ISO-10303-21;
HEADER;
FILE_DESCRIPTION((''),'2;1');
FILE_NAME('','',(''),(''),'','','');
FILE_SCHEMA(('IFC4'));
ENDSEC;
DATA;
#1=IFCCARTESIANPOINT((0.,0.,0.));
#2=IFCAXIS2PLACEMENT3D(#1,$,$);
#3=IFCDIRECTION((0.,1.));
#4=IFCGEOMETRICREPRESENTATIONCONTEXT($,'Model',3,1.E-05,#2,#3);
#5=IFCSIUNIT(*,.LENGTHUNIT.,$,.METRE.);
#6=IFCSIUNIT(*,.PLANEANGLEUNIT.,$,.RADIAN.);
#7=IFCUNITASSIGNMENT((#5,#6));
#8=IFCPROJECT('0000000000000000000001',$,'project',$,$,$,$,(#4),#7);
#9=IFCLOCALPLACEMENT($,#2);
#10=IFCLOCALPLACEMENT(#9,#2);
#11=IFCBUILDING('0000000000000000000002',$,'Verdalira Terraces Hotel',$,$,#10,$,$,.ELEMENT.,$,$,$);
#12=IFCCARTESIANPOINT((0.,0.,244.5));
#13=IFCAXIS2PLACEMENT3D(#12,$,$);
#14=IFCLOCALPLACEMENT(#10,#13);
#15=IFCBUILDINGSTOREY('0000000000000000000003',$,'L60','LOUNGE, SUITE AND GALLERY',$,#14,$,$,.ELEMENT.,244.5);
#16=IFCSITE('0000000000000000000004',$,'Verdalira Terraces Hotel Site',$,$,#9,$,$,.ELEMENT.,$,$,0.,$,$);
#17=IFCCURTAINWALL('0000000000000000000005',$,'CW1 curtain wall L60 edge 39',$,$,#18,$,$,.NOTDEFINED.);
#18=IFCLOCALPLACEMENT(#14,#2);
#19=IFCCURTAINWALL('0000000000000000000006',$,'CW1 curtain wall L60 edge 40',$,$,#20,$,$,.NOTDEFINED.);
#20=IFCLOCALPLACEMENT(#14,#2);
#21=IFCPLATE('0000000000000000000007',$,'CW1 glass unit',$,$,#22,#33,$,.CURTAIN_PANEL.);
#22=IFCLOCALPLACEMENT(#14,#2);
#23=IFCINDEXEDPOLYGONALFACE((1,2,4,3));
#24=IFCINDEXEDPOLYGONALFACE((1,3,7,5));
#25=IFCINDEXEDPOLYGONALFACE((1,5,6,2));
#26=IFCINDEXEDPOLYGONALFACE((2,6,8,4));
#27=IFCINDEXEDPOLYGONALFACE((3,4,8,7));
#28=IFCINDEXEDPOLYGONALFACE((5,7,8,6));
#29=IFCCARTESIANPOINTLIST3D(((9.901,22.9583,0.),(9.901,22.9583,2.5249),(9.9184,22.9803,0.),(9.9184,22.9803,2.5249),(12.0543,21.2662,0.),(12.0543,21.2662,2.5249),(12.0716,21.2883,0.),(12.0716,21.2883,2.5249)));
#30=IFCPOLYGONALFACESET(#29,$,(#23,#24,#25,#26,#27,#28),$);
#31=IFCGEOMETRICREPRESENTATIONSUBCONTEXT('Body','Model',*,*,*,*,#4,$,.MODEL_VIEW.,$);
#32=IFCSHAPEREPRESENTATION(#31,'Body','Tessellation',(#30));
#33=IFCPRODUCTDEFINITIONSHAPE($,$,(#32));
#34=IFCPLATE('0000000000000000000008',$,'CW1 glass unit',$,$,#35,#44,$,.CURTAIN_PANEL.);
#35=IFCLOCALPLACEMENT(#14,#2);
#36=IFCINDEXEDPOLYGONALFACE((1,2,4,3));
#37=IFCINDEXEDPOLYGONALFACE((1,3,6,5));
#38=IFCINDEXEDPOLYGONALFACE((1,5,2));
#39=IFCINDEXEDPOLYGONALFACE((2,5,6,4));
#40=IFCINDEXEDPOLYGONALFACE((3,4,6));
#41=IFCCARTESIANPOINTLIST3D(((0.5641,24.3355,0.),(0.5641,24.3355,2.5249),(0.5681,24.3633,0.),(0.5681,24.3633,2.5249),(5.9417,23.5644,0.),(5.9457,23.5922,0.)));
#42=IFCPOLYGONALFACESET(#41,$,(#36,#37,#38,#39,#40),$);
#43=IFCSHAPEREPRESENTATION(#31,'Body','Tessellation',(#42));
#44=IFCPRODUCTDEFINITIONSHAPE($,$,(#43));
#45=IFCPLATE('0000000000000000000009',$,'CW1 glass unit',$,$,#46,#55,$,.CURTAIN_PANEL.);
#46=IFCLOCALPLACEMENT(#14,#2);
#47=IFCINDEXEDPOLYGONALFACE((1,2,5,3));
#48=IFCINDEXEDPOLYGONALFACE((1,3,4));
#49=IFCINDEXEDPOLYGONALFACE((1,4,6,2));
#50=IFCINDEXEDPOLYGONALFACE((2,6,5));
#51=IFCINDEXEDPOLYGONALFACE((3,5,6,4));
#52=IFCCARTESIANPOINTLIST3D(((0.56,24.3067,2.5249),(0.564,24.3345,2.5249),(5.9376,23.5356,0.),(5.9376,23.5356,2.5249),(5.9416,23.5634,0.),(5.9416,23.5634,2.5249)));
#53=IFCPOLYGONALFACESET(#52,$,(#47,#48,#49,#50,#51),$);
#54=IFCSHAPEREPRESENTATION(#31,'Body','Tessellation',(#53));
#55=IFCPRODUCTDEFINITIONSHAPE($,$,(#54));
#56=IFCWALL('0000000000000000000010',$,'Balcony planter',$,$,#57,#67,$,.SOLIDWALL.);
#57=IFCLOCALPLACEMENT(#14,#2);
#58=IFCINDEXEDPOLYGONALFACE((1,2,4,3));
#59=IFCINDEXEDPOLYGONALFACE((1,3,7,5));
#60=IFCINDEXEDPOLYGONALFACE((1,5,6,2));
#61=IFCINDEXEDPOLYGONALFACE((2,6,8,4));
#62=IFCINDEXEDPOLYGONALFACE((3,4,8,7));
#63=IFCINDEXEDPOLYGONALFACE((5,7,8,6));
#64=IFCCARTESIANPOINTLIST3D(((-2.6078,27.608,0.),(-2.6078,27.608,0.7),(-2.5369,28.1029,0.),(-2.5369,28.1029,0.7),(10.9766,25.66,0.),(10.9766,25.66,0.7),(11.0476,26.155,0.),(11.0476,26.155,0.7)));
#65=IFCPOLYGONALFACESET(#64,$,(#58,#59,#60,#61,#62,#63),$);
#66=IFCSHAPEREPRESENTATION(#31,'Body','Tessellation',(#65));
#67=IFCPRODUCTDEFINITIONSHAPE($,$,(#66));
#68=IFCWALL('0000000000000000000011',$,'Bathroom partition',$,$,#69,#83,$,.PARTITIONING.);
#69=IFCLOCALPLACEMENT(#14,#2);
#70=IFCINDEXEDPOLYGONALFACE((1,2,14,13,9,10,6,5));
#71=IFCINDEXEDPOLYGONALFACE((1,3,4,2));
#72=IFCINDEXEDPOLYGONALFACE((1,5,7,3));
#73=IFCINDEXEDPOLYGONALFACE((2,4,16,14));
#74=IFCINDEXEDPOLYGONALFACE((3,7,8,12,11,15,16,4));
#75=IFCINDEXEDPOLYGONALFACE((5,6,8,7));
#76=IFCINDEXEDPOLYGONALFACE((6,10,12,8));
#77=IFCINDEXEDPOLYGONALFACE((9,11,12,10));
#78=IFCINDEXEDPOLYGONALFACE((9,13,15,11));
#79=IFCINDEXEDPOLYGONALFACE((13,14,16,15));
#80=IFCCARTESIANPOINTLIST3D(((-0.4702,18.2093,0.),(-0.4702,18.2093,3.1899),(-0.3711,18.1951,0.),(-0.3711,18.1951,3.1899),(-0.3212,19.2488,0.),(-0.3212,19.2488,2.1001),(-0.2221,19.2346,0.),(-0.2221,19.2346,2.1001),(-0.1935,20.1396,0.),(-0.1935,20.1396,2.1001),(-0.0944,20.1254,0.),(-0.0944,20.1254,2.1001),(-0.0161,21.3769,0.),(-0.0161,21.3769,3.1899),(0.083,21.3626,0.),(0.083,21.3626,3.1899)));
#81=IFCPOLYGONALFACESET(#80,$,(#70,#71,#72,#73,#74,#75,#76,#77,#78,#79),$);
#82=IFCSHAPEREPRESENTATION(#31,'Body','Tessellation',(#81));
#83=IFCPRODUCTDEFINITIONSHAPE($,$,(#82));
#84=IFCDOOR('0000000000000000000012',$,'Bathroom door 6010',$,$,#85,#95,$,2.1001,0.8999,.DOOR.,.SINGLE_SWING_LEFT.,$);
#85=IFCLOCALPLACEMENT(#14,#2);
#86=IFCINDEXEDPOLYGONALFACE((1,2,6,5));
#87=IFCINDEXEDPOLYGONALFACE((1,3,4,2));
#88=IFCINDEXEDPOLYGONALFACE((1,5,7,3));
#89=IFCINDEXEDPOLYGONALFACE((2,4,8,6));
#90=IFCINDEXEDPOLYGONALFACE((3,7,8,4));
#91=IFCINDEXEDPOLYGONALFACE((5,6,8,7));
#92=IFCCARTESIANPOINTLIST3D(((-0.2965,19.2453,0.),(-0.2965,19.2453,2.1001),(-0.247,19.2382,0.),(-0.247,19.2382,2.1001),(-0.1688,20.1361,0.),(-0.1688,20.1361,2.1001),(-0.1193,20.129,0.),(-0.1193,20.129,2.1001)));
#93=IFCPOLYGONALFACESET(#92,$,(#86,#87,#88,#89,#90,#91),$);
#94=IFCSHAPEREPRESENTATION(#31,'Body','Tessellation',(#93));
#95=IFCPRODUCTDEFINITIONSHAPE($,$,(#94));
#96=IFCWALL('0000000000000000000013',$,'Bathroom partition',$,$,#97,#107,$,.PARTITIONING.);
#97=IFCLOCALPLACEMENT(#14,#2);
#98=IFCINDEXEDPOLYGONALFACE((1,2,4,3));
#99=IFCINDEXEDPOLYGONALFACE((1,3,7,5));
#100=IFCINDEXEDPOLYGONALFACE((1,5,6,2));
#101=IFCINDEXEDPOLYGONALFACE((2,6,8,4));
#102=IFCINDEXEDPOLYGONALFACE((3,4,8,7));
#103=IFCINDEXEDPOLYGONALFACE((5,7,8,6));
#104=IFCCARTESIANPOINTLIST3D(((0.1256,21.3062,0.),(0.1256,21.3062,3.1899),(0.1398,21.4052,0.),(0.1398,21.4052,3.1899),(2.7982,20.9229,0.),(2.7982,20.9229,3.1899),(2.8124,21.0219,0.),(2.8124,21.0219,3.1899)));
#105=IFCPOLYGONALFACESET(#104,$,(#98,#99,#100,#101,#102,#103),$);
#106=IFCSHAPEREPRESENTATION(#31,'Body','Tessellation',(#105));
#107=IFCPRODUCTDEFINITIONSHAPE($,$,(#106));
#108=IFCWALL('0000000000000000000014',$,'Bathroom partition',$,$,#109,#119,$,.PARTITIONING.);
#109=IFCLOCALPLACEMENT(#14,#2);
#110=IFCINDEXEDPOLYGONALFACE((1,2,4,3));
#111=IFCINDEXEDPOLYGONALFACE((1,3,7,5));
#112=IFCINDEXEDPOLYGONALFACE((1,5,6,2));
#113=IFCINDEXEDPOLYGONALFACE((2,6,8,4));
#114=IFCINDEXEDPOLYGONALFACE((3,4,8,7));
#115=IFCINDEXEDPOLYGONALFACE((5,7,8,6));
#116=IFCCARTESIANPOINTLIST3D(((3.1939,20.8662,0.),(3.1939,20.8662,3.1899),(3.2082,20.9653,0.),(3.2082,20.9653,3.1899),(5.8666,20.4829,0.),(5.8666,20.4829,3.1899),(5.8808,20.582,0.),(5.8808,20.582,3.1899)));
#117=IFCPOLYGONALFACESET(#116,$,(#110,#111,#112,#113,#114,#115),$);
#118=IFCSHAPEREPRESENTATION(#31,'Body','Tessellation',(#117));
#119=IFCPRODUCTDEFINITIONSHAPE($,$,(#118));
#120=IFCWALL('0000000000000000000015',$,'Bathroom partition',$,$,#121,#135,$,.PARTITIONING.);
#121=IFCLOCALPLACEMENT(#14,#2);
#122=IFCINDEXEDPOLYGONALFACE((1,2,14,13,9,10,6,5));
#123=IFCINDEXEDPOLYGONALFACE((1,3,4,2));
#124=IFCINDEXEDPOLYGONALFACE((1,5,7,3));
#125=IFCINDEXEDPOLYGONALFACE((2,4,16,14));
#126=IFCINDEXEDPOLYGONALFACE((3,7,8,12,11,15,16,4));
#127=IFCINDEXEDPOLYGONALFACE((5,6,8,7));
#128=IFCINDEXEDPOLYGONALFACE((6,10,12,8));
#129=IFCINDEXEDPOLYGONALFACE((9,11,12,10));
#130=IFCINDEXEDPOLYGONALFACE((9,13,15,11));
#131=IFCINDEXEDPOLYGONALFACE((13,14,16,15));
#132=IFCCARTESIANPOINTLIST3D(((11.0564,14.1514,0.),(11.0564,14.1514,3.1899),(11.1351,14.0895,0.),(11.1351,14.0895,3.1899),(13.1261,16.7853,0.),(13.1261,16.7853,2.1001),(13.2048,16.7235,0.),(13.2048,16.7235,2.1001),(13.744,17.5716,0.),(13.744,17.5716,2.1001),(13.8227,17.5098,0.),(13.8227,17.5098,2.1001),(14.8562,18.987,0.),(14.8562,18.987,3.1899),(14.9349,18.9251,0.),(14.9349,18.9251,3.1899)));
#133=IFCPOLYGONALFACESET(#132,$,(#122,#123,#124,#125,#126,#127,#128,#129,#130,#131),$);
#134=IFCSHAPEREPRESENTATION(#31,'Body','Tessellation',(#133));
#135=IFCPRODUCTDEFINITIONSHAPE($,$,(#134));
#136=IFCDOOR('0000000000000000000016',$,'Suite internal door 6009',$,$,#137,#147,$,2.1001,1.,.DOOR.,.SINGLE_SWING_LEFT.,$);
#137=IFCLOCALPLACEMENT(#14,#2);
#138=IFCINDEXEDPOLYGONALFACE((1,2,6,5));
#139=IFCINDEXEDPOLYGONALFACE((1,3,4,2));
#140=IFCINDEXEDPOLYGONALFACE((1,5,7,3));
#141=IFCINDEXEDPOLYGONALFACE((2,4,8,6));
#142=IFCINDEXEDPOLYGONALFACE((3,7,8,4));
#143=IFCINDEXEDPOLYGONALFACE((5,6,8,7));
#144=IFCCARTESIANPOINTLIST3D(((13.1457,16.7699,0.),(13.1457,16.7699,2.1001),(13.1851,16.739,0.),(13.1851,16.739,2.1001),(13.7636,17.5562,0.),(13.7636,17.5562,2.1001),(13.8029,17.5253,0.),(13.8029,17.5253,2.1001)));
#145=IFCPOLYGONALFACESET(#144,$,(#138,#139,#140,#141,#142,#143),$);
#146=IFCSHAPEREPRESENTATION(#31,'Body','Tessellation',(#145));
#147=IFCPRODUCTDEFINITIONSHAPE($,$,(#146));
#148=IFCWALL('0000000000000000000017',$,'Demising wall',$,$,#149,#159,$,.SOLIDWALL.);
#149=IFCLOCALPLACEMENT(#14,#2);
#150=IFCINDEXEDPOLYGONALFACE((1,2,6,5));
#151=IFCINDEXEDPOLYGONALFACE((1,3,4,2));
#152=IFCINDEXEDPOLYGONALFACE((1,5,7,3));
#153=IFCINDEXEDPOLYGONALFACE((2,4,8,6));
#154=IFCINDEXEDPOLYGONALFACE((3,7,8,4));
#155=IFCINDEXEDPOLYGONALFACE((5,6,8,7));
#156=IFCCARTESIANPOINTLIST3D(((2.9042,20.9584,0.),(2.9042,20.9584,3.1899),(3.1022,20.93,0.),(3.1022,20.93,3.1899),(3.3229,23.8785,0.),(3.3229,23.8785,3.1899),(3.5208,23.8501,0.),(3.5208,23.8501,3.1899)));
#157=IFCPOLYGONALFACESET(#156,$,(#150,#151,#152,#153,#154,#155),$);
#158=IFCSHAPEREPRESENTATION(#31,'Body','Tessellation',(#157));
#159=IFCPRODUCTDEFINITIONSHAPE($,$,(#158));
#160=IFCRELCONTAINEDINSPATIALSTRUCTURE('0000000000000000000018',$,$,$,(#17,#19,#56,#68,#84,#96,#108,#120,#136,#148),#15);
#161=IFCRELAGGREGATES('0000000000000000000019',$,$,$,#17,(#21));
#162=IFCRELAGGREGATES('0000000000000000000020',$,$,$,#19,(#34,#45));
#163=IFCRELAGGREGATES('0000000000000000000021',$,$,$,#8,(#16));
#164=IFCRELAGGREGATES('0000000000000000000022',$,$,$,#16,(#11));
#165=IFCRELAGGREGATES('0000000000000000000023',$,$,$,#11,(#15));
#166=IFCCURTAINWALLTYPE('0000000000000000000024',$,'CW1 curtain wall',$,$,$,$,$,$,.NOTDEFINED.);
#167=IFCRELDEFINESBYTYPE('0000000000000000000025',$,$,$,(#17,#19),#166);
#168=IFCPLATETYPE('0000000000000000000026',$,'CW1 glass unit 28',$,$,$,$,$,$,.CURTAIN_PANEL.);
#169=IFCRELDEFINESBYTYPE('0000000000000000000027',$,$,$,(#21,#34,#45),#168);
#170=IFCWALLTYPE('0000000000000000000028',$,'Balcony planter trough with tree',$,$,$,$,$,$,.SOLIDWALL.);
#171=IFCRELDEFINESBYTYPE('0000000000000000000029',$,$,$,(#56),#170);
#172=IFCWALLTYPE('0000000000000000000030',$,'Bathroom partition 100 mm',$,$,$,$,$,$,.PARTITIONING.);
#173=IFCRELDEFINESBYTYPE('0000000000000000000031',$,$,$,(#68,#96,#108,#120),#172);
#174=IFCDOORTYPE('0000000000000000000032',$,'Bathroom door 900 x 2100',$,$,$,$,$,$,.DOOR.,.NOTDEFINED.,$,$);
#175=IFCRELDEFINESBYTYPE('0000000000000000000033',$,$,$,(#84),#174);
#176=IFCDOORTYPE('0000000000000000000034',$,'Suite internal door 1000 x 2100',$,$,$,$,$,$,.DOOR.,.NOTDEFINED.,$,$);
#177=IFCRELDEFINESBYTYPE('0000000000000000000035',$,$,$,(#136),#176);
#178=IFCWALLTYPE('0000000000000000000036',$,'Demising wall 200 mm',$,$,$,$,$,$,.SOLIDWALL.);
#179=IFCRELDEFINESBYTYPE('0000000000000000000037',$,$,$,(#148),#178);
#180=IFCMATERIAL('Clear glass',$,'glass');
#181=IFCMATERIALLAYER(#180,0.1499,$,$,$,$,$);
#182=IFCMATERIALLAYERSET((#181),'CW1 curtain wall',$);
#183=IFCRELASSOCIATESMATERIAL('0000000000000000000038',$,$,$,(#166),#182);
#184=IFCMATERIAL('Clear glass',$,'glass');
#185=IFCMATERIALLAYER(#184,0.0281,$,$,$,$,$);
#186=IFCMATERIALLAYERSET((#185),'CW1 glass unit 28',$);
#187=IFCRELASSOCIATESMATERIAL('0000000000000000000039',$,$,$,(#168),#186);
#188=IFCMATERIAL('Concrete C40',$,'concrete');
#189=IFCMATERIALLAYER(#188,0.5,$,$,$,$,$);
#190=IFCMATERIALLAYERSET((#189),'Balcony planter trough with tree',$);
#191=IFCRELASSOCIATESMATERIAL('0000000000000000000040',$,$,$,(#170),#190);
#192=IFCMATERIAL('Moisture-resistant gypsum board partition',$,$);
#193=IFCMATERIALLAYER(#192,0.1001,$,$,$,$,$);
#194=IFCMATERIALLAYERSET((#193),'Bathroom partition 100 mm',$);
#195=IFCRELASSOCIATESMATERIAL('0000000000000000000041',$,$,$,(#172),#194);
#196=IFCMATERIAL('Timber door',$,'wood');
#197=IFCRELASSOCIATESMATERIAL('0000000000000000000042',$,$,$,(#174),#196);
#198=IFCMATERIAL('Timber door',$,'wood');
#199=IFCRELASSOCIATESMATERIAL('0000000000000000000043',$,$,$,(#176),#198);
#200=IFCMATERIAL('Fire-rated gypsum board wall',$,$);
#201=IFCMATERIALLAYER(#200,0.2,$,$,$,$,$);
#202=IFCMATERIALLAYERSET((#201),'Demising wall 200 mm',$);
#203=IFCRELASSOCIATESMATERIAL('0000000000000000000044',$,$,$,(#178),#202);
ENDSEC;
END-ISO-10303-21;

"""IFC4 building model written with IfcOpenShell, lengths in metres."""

from ifc_helpers import new_model, si_unit, direction, frame, frame_2d, origin, origin_2d, place, context, subcontext, project, spatial, polyline, rectangle, outline, extrude, material, layer, layer_set, type_object, element, fill, aggregate, save


model = new_model("IFC4")

# Units and contexts
model_context = context("Model", 3, precision=1e-05, world=origin(), true_north=direction((0.0, 1.0)))
body_context = subcontext(model_context, "Body", "Model", "MODEL_VIEW")
ifc_project = project(units=[si_unit("LENGTHUNIT", "METRE"), si_unit("PLANEANGLEUNIT", "RADIAN")], contexts=[model_context])

# Site, building, storey
site_placement = place(None, origin())
site = spatial("IfcSite", under=ifc_project, at=site_placement, Name="Verdalira Terraces Hotel Site", CompositionType="ELEMENT", RefElevation=0.0)
building_placement = place(site_placement, origin())
building = spatial("IfcBuilding", under=site, at=building_placement, Name="Verdalira Terraces Hotel", CompositionType="ELEMENT")
storey_placement = place(building_placement, frame((0.0, 0.0, 244.5)))
storey = spatial("IfcBuildingStorey", under=building, at=storey_placement, Name="L60", Description="LOUNGE, SUITE AND GALLERY", CompositionType="ELEMENT", Elevation=244.5)

# Curtain wall
ifc_material_1 = material(Name="Clear glass", Category="glass")
ifc_layer_1 = layer(ifc_material_1, 0.1499)
ifc_layer_set_1 = layer_set([ifc_layer_1], Name="CW1 curtain wall")
curtain_wall_type = type_object("IfcCurtainWallType", Name="CW1 curtain wall", PredefinedType="NOTDEFINED", material=ifc_layer_set_1)
curtain_wall_1_placement = place(storey_placement, origin())
curtain_wall_1 = element("IfcCurtainWall", 1, at=curtain_wall_1_placement, inside=storey, type_object=curtain_wall_type, Name="CW1 curtain wall L60 edge 39", PredefinedType="NOTDEFINED")

# Curtain wall
curtain_wall_2_placement = place(storey_placement, origin())
curtain_wall_2 = element("IfcCurtainWall", 2, at=curtain_wall_2_placement, inside=storey, type_object=curtain_wall_type, Name="CW1 curtain wall L60 edge 40", PredefinedType="NOTDEFINED")

# Plates
ifc_material_2 = material(Name="Clear glass", Category="glass")
ifc_layer_2 = layer(ifc_material_2, 0.0281)
ifc_layer_set_2 = layer_set([ifc_layer_2], Name="CW1 glass unit 28")
plate_type = type_object("IfcPlateType", Name="CW1 glass unit 28", PredefinedType="CURTAIN_PANEL", material=ifc_layer_set_2)
plate_1_placement = place(storey_placement, frame((10.9863, 22.1233, 0.0), z_axis=(0.0, 0.0, 1.0), x_axis=(-0.786288, 0.61786, 0.0)))
plate_1 = element("IfcPlate", 3, at=plate_1_placement, type_object=plate_type, Name="CW1 glass unit", PredefinedType="CURTAIN_PANEL", context=body_context, shape_type="SweptSolid", body=[
    extrude(rectangle(XDim=2.7385, YDim=0.0281, at=origin_2d()), origin(), (0.0, 0.0, 1.0), 2.5249),
])
aggregate(curtain_wall_1, [plate_1])
plate_2_placement = place(storey_placement, frame((3.2529, 23.95, 1.2625), z_axis=(0.141938, 0.989876, 0.0), x_axis=(-0.989876, 0.141938, 0.0)))
plate_2 = element("IfcPlate", 4, at=plate_2_placement, type_object=plate_type, Name="CW1 glass unit", PredefinedType="CURTAIN_PANEL", context=body_context, shape_type="SweptSolid", body=[
    extrude(outline(polyline([(-2.7163, -1.2625), (2.7163, -1.2625), (2.7163, 1.2625), (-2.7163, -1.2625)])), origin(), (0.0, 0.0, 1.0), 0.0281),
])
plate_3_placement = place(storey_placement, frame((3.2488, 23.9211, 1.2625), z_axis=(0.141938, 0.989876, 0.0), x_axis=(-0.989876, 0.141938, 0.0)))
plate_3 = element("IfcPlate", 5, at=plate_3_placement, type_object=plate_type, Name="CW1 glass unit", PredefinedType="CURTAIN_PANEL", context=body_context, shape_type="SweptSolid", body=[
    extrude(outline(polyline([(-2.7163, -1.2625), (2.7163, 1.2625), (-2.7163, 1.2625), (-2.7163, -1.2625)])), origin(), (0.0, 0.0, 1.0), 0.0281),
])
aggregate(curtain_wall_2, [plate_2, plate_3])

# Wall
ifc_material_3 = material(Name="Concrete C40", Category="concrete")
ifc_layer_3 = layer(ifc_material_3, 0.5)
ifc_layer_set_3 = layer_set([ifc_layer_3], Name="Balcony planter trough with tree")
wall_type_1 = type_object("IfcWallType", Name="Balcony planter trough with tree", PredefinedType="SOLIDWALL", material=ifc_layer_set_3)
wall_1_placement = place(storey_placement, frame((11.0122, 25.9075, 0.0), z_axis=(0.0, 0.0, 1.0), x_axis=(-0.989874, 0.141947, 0.0)))
element("IfcWall", 6, at=wall_1_placement, inside=storey, type_object=wall_type_1, Name="Balcony planter", PredefinedType="SOLIDWALL", context=body_context, shape_type="SweptSolid", body=[
    extrude(rectangle(XDim=13.7234, YDim=0.5, at=frame_2d((6.8618, 0.0))), origin(), (0.0, 0.0, 1.0), 0.7),
])

# Wall, opening, door
ifc_material_4 = material(Name="Moisture-resistant gypsum board partition")
ifc_layer_4 = layer(ifc_material_4, 0.1001)
ifc_layer_set_4 = layer_set([ifc_layer_4], Name="Bathroom partition 100 mm")
wall_type_2 = type_object("IfcWallType", Name="Bathroom partition 100 mm", PredefinedType="PARTITIONING", material=ifc_layer_set_4)
wall_2_placement = place(storey_placement, frame((0.0334, 21.3699, 0.0), z_axis=(0.0, 0.0, 1.0), x_axis=(-0.141913, -0.989879, 0.0)))
wall_2 = element("IfcWall", 7, at=wall_2_placement, inside=storey, type_object=wall_type_2, Name="Bathroom partition", PredefinedType="PARTITIONING", context=body_context, shape_type="SweptSolid", body=[
    extrude(rectangle(XDim=3.2, YDim=0.1001, at=frame_2d((1.6001, 0.0))), origin(), (0.0, 0.0, 1.0), 3.1899),
])
opening_1_placement = place(wall_2_placement, frame((1.25, 0.0, 0.0)))
opening_1 = element("IfcOpeningElement", 8, at=opening_1_placement, cuts=wall_2, PredefinedType="OPENING", context=body_context, shape_type="SweptSolid", body=[
    extrude(rectangle(XDim=0.8999, YDim=2.1001, at=frame_2d((0.45, 1.05))), frame((0.0, 0.0601, 0.0), z_axis=(0.0, -1.0, 0.0), x_axis=(1.0, 0.0, 0.0)), (0.0, 0.0, 1.0), 0.1201),
])
ifc_material_5 = material(Name="Timber door", Category="wood")
door_type_1 = type_object("IfcDoorType", Name="Bathroom door 900 x 2100", OperationType="NOTDEFINED", PredefinedType="DOOR", material=ifc_material_5)
door_1_placement = place(opening_1_placement, origin())
door_1 = element("IfcDoor", 9, at=door_1_placement, inside=storey, type_object=door_type_1, Name="Bathroom door 6010", OperationType="SINGLE_SWING_LEFT", OverallHeight=2.1001, OverallWidth=0.8999, PredefinedType="DOOR", context=body_context, shape_type="SweptSolid", body=[
    extrude(rectangle(XDim=0.8999, YDim=2.1001, at=frame_2d((0.45, 1.05))), frame((0.0, 0.0249, 0.0), z_axis=(0.0, -1.0, 0.0), x_axis=(1.0, 0.0, 0.0)), (0.0, 0.0, 1.0), 0.05),
])
fill(opening_1, door_1)

# Walls
for number, where, z_axis, x_axis, name in (
    (10, (0.1326, 21.3557, 0.0), (0.0, 0.0, 1.0), (0.989872, -0.141966, 0.0), "Bathroom partition"),
    (11, (5.8738, 20.5325, 0.0), (0.0, 0.0, 1.0), (-0.989872, 0.141966, 0.0), "Bathroom partition"),
):
    element("IfcWall", number, at=place(storey_placement, frame(where, z_axis=z_axis, x_axis=x_axis)), inside=storey, type_object=wall_type_2, Name=name, PredefinedType="PARTITIONING", context=body_context, shape_type="SweptSolid", body=[
        extrude(rectangle(XDim=2.7, YDim=0.1001, at=frame_2d((1.3501, 0.0))), origin(), (0.0, 0.0, 1.0), 3.1899),
    ])

# Wall, opening, door
wall_3_placement = place(storey_placement, frame((14.8955, 18.9561, 0.0), z_axis=(0.0, 0.0, 1.0), x_axis=(-0.617855, -0.786292, 0.0)))
wall_3 = element("IfcWall", 12, at=wall_3_placement, inside=storey, type_object=wall_type_2, Name="Bathroom partition", PredefinedType="PARTITIONING", context=body_context, shape_type="SweptSolid", body=[
    extrude(rectangle(XDim=6.1499, YDim=0.1001, at=frame_2d((3.075, 0.0))), origin(), (0.0, 0.0, 1.0), 3.1899),
])
opening_2_placement = place(wall_3_placement, frame((1.8, 0.0, 0.0)))
opening_2 = element("IfcOpeningElement", 13, at=opening_2_placement, cuts=wall_3, PredefinedType="OPENING", context=body_context, shape_type="SweptSolid", body=[
    extrude(rectangle(XDim=1.0, YDim=2.1001, at=frame_2d((0.5, 1.05))), frame((0.0, 0.0601, 0.0), z_axis=(0.0, -1.0, 0.0), x_axis=(1.0, 0.0, 0.0)), (0.0, 0.0, 1.0), 0.1201),
])
ifc_material_6 = material(Name="Timber door", Category="wood")
door_type_2 = type_object("IfcDoorType", Name="Suite internal door 1000 x 2100", OperationType="NOTDEFINED", PredefinedType="DOOR", material=ifc_material_6)
door_2_placement = place(opening_2_placement, origin())
door_2 = element("IfcDoor", 14, at=door_2_placement, inside=storey, type_object=door_type_2, Name="Suite internal door 6009", OperationType="SINGLE_SWING_LEFT", OverallHeight=2.1001, OverallWidth=1.0, PredefinedType="DOOR", context=body_context, shape_type="SweptSolid", body=[
    extrude(rectangle(XDim=1.0, YDim=2.1001, at=frame_2d((0.5, 1.05))), frame((0.0, 0.0249, 0.0), z_axis=(0.0, -1.0, 0.0), x_axis=(1.0, 0.0, 0.0)), (0.0, 0.0, 1.0), 0.05),
])
fill(opening_2, door_2)

# Wall
ifc_material_7 = material(Name="Fire-rated gypsum board wall")
ifc_layer_5 = layer(ifc_material_7, 0.2)
ifc_layer_set_5 = layer_set([ifc_layer_5], Name="Demising wall 200 mm")
wall_type_3 = type_object("IfcWallType", Name="Demising wall 200 mm", PredefinedType="SOLIDWALL", material=ifc_layer_set_5)
wall_4_placement = place(storey_placement, frame((3.0032, 20.9441, 0.0), z_axis=(0.0, 0.0, 1.0), x_axis=(0.141931, 0.989877, 0.0)))
element("IfcWall", 15, at=wall_4_placement, inside=storey, type_object=wall_type_3, Name="Demising wall", PredefinedType="SOLIDWALL", context=body_context, shape_type="SweptSolid", body=[
    extrude(rectangle(XDim=2.95, YDim=0.2, at=frame_2d((1.4751, 0.0))), origin(), (0.0, 0.0, 1.0), 3.1899),
])

save(model, "model.ifc")
